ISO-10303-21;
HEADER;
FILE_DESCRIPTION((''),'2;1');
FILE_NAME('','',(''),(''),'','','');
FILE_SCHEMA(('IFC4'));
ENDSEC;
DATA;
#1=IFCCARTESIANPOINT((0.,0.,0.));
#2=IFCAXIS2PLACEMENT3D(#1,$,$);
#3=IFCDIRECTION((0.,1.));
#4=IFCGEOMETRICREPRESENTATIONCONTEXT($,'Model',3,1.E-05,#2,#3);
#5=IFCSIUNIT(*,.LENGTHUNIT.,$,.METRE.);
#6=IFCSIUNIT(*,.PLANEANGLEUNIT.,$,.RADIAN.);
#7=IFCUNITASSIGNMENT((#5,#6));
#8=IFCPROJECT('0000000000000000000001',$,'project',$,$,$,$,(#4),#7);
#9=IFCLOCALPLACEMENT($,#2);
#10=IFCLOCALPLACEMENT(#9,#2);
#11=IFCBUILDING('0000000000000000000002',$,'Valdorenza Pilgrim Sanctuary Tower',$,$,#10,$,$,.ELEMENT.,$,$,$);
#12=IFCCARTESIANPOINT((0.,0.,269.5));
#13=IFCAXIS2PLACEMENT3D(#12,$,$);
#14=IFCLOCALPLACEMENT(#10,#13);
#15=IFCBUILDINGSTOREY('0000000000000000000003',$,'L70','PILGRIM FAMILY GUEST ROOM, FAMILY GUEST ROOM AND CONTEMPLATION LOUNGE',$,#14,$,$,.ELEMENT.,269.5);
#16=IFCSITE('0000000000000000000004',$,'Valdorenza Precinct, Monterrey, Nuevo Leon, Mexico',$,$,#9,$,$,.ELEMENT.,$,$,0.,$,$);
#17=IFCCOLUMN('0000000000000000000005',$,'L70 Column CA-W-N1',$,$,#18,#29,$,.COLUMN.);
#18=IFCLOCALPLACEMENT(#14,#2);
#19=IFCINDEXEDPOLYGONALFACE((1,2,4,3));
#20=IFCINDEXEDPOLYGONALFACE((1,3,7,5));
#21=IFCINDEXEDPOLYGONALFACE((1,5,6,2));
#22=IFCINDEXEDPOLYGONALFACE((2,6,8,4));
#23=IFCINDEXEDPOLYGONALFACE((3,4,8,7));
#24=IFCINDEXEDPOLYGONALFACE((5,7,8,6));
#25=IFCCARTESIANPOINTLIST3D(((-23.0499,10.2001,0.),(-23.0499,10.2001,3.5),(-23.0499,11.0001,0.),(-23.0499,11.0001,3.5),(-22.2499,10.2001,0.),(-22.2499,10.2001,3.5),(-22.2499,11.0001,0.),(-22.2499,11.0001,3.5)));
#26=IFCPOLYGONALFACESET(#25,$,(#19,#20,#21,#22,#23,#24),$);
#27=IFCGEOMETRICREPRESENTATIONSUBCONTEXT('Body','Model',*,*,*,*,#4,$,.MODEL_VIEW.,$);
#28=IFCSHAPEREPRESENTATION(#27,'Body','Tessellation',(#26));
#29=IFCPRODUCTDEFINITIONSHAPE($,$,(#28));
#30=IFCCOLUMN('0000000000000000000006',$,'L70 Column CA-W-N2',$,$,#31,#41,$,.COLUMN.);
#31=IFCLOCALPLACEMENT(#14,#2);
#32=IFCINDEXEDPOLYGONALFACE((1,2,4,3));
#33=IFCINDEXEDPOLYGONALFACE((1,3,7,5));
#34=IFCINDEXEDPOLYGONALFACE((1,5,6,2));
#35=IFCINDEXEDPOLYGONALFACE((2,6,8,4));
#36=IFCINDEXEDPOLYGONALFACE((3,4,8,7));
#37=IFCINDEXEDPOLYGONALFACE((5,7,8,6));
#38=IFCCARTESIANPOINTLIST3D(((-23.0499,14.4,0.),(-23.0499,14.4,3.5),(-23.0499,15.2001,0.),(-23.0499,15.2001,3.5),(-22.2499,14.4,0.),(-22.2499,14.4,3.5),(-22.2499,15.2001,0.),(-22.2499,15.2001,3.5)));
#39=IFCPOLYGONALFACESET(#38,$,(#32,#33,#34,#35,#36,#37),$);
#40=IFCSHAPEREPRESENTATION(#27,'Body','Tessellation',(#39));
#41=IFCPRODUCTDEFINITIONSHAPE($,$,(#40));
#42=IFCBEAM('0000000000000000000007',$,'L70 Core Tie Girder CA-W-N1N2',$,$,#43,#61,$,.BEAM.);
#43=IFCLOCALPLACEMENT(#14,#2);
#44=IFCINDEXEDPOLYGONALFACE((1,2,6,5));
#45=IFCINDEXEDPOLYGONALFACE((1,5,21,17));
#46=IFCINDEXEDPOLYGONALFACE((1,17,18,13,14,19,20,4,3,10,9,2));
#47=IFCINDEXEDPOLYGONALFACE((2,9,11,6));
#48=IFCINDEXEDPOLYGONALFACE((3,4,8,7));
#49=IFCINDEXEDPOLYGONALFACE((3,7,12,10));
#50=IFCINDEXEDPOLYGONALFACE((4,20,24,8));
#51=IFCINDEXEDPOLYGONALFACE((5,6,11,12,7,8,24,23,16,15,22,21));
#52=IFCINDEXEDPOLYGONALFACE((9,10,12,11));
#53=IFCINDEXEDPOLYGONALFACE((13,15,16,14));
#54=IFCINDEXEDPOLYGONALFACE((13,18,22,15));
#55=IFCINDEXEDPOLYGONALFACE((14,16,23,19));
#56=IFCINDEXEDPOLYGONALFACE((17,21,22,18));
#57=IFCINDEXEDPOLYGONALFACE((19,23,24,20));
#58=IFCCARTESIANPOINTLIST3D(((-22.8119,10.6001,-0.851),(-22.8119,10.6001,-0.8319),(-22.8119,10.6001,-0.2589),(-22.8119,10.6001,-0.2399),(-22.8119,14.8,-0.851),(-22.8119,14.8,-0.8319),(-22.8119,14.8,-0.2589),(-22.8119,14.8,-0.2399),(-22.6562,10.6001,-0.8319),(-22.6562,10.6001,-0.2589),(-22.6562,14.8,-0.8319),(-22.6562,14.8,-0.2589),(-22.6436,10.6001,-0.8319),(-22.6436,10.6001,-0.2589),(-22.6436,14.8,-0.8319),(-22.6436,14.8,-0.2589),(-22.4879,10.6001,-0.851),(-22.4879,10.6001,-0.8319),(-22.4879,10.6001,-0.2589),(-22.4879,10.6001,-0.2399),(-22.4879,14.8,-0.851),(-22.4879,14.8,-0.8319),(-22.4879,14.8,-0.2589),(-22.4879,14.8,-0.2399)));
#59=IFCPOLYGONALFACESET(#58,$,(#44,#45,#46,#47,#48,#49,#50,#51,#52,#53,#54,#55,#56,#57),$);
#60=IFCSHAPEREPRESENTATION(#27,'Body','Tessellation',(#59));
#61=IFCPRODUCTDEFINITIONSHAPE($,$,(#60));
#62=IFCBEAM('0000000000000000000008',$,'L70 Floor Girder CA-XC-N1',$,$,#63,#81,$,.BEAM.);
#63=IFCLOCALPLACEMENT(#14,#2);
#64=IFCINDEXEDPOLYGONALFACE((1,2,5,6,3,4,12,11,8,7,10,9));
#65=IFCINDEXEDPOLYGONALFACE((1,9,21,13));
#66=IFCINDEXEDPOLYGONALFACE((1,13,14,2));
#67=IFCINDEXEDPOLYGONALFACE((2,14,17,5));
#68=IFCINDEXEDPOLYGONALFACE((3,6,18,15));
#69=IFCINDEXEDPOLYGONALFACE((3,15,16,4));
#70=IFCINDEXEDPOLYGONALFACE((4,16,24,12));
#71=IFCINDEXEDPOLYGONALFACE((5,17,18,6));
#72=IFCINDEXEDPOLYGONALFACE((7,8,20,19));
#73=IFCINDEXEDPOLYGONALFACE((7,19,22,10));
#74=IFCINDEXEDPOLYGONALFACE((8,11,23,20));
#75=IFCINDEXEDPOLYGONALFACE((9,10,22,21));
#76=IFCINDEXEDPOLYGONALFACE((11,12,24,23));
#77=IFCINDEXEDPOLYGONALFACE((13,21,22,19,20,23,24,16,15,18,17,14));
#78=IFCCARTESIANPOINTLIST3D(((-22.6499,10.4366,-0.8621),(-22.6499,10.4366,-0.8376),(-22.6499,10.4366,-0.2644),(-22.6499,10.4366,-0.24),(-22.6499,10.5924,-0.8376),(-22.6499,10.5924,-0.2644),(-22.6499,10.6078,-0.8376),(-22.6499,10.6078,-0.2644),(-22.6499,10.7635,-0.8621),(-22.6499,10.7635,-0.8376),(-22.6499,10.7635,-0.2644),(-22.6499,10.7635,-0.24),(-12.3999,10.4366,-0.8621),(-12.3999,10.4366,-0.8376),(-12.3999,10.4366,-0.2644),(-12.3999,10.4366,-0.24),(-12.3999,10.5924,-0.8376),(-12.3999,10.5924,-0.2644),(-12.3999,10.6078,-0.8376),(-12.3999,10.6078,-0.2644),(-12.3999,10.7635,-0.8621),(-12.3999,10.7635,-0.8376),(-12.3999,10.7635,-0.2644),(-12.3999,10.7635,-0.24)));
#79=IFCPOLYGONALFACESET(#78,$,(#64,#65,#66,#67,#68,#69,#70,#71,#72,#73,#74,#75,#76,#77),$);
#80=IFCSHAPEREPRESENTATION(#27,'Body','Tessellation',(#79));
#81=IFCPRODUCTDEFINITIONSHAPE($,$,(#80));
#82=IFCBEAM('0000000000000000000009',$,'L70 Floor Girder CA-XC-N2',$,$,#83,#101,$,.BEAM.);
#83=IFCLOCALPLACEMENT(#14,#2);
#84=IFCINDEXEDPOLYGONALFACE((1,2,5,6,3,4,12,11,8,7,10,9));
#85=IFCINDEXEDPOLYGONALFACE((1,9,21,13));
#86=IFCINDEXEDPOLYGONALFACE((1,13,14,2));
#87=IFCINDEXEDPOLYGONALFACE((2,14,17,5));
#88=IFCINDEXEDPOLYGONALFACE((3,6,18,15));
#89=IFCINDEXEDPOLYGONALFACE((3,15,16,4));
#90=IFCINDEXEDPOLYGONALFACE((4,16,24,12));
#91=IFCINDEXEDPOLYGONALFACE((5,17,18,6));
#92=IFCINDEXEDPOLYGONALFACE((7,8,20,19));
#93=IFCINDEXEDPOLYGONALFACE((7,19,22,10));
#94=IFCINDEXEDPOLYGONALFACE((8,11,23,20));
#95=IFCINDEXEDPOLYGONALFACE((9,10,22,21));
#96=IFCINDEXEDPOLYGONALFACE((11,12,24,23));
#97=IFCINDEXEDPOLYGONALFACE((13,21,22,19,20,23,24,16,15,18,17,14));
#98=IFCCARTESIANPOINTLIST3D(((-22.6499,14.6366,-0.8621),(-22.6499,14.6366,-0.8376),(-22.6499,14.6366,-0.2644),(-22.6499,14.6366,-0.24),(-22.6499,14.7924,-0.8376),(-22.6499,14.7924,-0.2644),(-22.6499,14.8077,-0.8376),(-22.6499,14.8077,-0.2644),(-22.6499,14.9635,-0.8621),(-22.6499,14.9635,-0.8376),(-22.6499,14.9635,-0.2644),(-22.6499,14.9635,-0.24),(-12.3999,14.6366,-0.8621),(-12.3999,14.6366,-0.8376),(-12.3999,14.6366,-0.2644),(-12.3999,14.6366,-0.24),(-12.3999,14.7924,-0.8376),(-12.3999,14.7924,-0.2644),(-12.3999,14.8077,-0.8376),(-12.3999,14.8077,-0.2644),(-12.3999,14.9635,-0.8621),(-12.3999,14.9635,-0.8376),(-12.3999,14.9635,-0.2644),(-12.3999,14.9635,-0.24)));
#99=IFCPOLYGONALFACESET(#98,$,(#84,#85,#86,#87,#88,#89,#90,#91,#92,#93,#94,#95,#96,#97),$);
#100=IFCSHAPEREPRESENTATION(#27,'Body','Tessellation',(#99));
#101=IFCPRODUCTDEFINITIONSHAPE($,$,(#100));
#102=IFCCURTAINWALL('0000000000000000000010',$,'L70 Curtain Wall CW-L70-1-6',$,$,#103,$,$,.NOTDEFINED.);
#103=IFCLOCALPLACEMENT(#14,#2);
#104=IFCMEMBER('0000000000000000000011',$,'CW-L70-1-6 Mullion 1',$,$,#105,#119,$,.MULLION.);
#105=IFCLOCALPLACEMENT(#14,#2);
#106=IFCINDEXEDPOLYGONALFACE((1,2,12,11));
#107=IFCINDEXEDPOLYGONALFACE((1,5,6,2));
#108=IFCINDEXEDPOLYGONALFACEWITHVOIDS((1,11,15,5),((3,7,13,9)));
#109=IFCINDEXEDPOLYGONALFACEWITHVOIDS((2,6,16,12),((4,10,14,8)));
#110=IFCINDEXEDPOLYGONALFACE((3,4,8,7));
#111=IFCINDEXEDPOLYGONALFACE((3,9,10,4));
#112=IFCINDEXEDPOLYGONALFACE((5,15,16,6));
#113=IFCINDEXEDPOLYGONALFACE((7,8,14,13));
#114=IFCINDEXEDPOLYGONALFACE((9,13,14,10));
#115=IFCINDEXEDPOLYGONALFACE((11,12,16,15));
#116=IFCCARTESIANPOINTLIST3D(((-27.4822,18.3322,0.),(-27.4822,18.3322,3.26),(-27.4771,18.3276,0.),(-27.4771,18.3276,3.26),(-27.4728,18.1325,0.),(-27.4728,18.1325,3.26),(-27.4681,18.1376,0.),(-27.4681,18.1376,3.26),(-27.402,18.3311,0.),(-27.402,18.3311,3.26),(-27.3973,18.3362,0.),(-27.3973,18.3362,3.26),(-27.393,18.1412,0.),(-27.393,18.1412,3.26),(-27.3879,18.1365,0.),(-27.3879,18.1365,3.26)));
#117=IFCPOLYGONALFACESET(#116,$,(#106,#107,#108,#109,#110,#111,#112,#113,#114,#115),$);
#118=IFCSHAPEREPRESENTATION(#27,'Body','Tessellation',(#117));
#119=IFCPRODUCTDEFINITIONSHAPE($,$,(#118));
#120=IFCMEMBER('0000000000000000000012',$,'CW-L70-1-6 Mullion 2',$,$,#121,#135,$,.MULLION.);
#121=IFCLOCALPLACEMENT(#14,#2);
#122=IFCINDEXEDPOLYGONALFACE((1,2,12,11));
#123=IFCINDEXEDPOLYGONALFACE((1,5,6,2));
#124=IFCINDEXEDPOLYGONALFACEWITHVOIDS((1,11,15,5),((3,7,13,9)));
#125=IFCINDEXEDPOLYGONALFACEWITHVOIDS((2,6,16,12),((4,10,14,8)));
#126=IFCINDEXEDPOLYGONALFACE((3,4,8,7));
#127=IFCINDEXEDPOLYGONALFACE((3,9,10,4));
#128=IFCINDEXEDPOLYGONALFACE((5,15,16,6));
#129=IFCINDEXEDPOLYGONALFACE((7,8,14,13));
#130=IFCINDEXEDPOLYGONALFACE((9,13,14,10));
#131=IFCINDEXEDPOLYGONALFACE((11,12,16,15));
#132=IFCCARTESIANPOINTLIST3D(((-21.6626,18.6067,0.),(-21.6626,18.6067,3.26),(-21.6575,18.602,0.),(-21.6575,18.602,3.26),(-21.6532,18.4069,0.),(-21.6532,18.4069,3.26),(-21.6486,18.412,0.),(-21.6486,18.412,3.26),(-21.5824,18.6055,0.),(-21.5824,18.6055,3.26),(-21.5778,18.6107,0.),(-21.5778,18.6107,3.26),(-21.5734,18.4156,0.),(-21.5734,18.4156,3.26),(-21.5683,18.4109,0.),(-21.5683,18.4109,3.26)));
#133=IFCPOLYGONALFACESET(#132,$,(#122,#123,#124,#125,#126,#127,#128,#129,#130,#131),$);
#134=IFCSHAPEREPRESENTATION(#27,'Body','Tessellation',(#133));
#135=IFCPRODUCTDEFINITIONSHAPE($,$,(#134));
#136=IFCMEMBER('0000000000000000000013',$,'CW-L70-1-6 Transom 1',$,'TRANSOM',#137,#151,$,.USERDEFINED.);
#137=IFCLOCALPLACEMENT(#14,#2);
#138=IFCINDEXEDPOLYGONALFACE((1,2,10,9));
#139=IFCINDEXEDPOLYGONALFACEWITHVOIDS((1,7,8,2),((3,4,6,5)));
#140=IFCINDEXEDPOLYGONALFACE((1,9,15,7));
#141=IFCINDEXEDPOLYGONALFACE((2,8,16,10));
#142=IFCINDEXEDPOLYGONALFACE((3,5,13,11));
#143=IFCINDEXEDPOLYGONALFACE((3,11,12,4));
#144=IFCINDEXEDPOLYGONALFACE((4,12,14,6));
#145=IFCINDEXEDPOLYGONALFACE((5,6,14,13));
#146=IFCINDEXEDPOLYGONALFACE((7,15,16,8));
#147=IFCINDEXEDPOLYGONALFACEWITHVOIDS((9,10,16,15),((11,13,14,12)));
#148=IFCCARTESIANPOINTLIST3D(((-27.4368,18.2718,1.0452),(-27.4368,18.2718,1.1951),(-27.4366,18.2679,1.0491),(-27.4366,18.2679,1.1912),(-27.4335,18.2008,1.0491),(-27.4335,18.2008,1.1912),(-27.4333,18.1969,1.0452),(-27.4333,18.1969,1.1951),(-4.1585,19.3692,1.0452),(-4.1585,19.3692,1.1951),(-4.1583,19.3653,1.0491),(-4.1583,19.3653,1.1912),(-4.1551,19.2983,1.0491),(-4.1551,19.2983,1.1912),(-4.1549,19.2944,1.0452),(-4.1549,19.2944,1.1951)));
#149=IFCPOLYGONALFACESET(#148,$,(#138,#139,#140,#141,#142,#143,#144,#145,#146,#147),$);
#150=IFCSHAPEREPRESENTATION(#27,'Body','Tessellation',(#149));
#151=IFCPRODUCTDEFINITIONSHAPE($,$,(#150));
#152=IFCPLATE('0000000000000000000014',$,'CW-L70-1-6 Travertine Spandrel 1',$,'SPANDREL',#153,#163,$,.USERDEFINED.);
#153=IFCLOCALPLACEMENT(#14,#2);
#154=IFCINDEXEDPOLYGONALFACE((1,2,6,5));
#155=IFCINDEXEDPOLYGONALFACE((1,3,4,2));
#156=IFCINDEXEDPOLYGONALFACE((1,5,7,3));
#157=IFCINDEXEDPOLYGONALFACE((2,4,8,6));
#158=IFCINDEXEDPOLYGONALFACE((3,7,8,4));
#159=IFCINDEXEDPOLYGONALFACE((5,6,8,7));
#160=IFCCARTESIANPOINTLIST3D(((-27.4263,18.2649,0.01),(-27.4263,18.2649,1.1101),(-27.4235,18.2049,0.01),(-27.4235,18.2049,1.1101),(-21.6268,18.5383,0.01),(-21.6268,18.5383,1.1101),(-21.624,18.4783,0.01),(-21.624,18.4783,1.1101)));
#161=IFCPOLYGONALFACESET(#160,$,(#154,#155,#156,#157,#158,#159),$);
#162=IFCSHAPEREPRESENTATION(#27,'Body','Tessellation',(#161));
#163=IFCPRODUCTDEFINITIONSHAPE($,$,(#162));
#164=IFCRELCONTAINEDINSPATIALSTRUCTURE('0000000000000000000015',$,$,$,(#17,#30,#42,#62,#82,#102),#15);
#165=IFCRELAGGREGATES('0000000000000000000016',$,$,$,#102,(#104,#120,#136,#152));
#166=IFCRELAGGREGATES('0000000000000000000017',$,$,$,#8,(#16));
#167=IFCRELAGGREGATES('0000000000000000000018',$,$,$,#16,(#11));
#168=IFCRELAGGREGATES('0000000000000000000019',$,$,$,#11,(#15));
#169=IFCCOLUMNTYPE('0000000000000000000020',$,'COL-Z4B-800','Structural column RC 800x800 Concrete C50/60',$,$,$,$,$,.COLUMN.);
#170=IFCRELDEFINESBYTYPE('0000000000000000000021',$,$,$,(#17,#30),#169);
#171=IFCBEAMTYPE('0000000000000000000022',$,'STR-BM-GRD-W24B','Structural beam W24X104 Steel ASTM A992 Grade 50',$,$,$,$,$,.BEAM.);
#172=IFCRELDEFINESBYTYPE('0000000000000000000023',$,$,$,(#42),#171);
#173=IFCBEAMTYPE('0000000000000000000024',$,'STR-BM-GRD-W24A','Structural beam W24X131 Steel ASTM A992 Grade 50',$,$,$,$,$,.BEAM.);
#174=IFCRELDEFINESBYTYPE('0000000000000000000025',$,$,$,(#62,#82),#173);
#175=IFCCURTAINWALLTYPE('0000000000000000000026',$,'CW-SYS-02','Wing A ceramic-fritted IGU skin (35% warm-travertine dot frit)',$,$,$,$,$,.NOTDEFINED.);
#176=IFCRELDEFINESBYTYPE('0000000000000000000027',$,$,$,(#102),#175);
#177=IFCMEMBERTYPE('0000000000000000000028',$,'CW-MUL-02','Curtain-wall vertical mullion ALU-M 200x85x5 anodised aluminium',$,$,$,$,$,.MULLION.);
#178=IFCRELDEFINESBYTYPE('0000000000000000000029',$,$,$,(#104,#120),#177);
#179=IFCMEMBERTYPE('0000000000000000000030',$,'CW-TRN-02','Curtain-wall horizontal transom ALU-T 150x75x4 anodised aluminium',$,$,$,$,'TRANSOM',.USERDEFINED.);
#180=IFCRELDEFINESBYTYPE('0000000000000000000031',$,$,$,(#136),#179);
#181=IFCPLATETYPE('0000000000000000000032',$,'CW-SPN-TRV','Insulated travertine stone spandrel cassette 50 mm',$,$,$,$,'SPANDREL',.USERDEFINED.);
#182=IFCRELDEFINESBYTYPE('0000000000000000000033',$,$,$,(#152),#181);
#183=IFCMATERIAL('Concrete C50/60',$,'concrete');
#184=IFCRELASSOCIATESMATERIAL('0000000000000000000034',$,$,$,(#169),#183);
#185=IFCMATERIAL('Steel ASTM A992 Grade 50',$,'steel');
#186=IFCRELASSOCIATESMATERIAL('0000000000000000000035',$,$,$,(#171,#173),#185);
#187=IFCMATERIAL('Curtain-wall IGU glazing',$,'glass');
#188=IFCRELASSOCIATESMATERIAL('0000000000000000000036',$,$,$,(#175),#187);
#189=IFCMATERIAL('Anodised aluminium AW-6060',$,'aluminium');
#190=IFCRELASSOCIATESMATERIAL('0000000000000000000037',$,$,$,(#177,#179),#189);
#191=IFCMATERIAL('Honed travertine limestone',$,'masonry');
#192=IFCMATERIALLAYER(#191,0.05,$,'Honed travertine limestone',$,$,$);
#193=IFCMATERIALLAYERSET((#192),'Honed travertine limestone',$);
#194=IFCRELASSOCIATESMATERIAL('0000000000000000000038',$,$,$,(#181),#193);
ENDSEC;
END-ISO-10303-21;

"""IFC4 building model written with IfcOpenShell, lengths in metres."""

from ifc_helpers import new_model, si_unit, direction, frame, origin, origin_2d, place, context, subcontext, project, spatial, rectangle, hollow_rectangle, i_section, extrude, source, transform, mapped, material, layer, layer_set, material_profile, profile_set, type_object, element, aggregate, save


model = new_model("IFC4")

# Units and contexts
model_context = context("Model", 3, precision=1e-05, world=origin(), true_north=direction((0.0, 1.0)))
body_context = subcontext(model_context, "Body", "Model", "MODEL_VIEW")
ifc_project = project(units=[si_unit("LENGTHUNIT", "METRE"), si_unit("PLANEANGLEUNIT", "RADIAN")], contexts=[model_context])

# Site, building, storey
site_placement = place(None, origin())
site = spatial("IfcSite", under=ifc_project, at=site_placement, Name="Valdorenza Precinct, Monterrey, Nuevo Leon, Mexico", CompositionType="ELEMENT", RefElevation=0.0)
building_placement = place(site_placement, origin())
building = spatial("IfcBuilding", under=site, at=building_placement, Name="Valdorenza Pilgrim Sanctuary Tower", CompositionType="ELEMENT")
storey_placement = place(building_placement, frame((0.0, 0.0, 269.5)))
storey = spatial("IfcBuildingStorey", under=building, at=storey_placement, Name="L70", Description="PILGRIM FAMILY GUEST ROOM, FAMILY GUEST ROOM AND CONTEMPLATION LOUNGE", CompositionType="ELEMENT", Elevation=269.5)

# Columns
ifc_material_1 = material(Name="Concrete C50/60", Category="concrete")
ifc_material_profile_1 = material_profile(ifc_material_1, rectangle(XDim=0.8, YDim=0.8, at=origin_2d()), Name="RC 800x800")
ifc_profile_set_1 = profile_set([ifc_material_profile_1], Name="Concrete C50/60")
column_type = type_object("IfcColumnType", Name="COL-Z4B-800", Description="Structural column RC 800x800 Concrete C50/60", PredefinedType="COLUMN", material=ifc_profile_set_1)
shared_shape_1 = source(origin(), body_context, "Body", "SweptSolid", [
    extrude(rectangle(XDim=0.8, YDim=0.8, at=origin_2d()), origin(), (0.0, 0.0, 1.0), 3.5),
])
for number, where, z_axis, x_axis, name in (
    (1, (-22.6499, 10.6001, 0.0), (0.0, 0.0, 1.0), (1.0, 0.0, 0.0), "L70 Column CA-W-N1"),
    (2, (-22.6499, 14.8, 0.0), (0.0, 0.0, 1.0), (1.0, 0.0, 0.0), "L70 Column CA-W-N2"),
):
    element("IfcColumn", number, at=place(storey_placement, frame(where, z_axis=z_axis, x_axis=x_axis)), inside=storey, type_object=column_type, Name=name, PredefinedType="COLUMN", context=body_context, shape_type="MappedRepresentation", body=[
        mapped(shared_shape_1, transform((0.0, 0.0, 0.0), x_axis=(1.0, 0.0, 0.0), y_axis=(0.0, 1.0, 0.0), z_axis=(0.0, 0.0, 1.0), scale=1.0)),
    ])

# Beams
ifc_material_2 = material(Name="Steel ASTM A992 Grade 50", Category="steel")
ifc_material_profile_2 = material_profile(ifc_material_2, i_section(OverallWidth=0.324, OverallDepth=0.6111, WebThickness=0.0127, FlangeThickness=0.019, at=origin_2d()), Name="W24X104")
ifc_profile_set_2 = profile_set([ifc_material_profile_2], Name="Steel ASTM A992 Grade 50")
beam_type_1 = type_object("IfcBeamType", Name="STR-BM-GRD-W24B", Description="Structural beam W24X104 Steel ASTM A992 Grade 50", PredefinedType="BEAM", material=ifc_profile_set_2)
shared_shape_2 = source(origin(), body_context, "Body", "SweptSolid", [
    extrude(i_section(OverallWidth=0.324, OverallDepth=0.6111, WebThickness=0.0127, FlangeThickness=0.019, at=origin_2d()), origin(), (0.0, 0.0, 1.0), 4.2),
])
beam_placement = place(storey_placement, frame((-22.6499, 10.6001, -0.5454), z_axis=(0.0, 1.0, 0.0), x_axis=(-1.0, 0.0, 0.0)))
element("IfcBeam", 3, at=beam_placement, inside=storey, type_object=beam_type_1, Name="L70 Core Tie Girder CA-W-N1N2", PredefinedType="BEAM", context=body_context, shape_type="MappedRepresentation", body=[
    mapped(shared_shape_2, transform((0.0, 0.0, 0.0), x_axis=(1.0, 0.0, 0.0), y_axis=(0.0, 1.0, 0.0), z_axis=(0.0, 0.0, 1.0), scale=1.0)),
])
ifc_material_profile_3 = material_profile(ifc_material_2, i_section(OverallWidth=0.3269, OverallDepth=0.6221, WebThickness=0.0154, FlangeThickness=0.0244, at=origin_2d()), Name="W24X131")
ifc_profile_set_3 = profile_set([ifc_material_profile_3], Name="Steel ASTM A992 Grade 50")
beam_type_2 = type_object("IfcBeamType", Name="STR-BM-GRD-W24A", Description="Structural beam W24X131 Steel ASTM A992 Grade 50", PredefinedType="BEAM", material=ifc_profile_set_3)
shared_shape_3 = source(origin(), body_context, "Body", "SweptSolid", [
    extrude(i_section(OverallWidth=0.3269, OverallDepth=0.6221, WebThickness=0.0154, FlangeThickness=0.0244, at=origin_2d()), origin(), (0.0, 0.0, 1.0), 10.25),
])
for number, where, z_axis, x_axis, name in (
    (4, (-22.6499, 10.6001, -0.551), (1.0, 0.0, 0.0), (0.0, 1.0, 0.0), "L70 Floor Girder CA-XC-N1"),
    (5, (-22.6499, 14.8, -0.551), (1.0, 0.0, 0.0), (0.0, 1.0, 0.0), "L70 Floor Girder CA-XC-N2"),
):
    element("IfcBeam", number, at=place(storey_placement, frame(where, z_axis=z_axis, x_axis=x_axis)), inside=storey, type_object=beam_type_2, Name=name, PredefinedType="BEAM", context=body_context, shape_type="MappedRepresentation", body=[
        mapped(shared_shape_3, transform((0.0, 0.0, 0.0), x_axis=(1.0, 0.0, 0.0), y_axis=(0.0, 1.0, 0.0), z_axis=(0.0, 0.0, 1.0), scale=1.0)),
    ])

# Curtain wall, members, plate
ifc_material_3 = material(Name="Curtain-wall IGU glazing", Category="glass")
curtain_wall_type = type_object("IfcCurtainWallType", Name="CW-SYS-02", Description="Wing A ceramic-fritted IGU skin (35% warm-travertine dot frit)", PredefinedType="NOTDEFINED", material=ifc_material_3)
curtain_wall_placement = place(storey_placement, origin())
curtain_wall = element("IfcCurtainWall", 6, at=curtain_wall_placement, inside=storey, type_object=curtain_wall_type, Name="L70 Curtain Wall CW-L70-1-6", PredefinedType="NOTDEFINED")
ifc_material_4 = material(Name="Anodised aluminium AW-6060", Category="aluminium")
ifc_material_profile_4 = material_profile(ifc_material_4, hollow_rectangle(XDim=0.085, YDim=0.2, WallThickness=0.0049, at=origin_2d()), Name="ALU-M 200x85x5")
ifc_profile_set_4 = profile_set([ifc_material_profile_4], Name="Anodised aluminium AW-6060")
member_type_1 = type_object("IfcMemberType", Name="CW-MUL-02", Description="Curtain-wall vertical mullion ALU-M 200x85x5 anodised aluminium", PredefinedType="MULLION", material=ifc_profile_set_4)
shared_shape_4 = source(origin(), body_context, "Body", "SweptSolid", [
    extrude(hollow_rectangle(XDim=0.085, YDim=0.2, WallThickness=0.0049, at=origin_2d()), origin(), (0.0, 0.0, 1.0), 3.26),
])
member_1_placement = place(storey_placement, frame((-27.4351, 18.2344, 0.0), z_axis=(0.0, 0.0, 1.0), x_axis=(0.998891, 0.047089, 0.0)))
member_1 = element("IfcMember", 7, at=member_1_placement, type_object=member_type_1, Name="CW-L70-1-6 Mullion 1", PredefinedType="MULLION", context=body_context, shape_type="MappedRepresentation", body=[
    mapped(shared_shape_4, transform((0.0, 0.0, 0.0), x_axis=(1.0, 0.0, 0.0), y_axis=(0.0, 1.0, 0.0), z_axis=(0.0, 0.0, 1.0), scale=1.0)),
])
member_2_placement = place(storey_placement, frame((-21.6155, 18.5088, 0.0), z_axis=(0.0, 0.0, 1.0), x_axis=(0.998891, 0.047089, 0.0)))
member_2 = element("IfcMember", 8, at=member_2_placement, type_object=member_type_1, Name="CW-L70-1-6 Mullion 2", PredefinedType="MULLION", context=body_context, shape_type="MappedRepresentation", body=[
    mapped(shared_shape_4, transform((0.0, 0.0, 0.0), x_axis=(1.0, 0.0, 0.0), y_axis=(0.0, 1.0, 0.0), z_axis=(0.0, 0.0, 1.0), scale=1.0)),
])
ifc_material_profile_5 = material_profile(ifc_material_4, hollow_rectangle(XDim=0.075, YDim=0.1499, WallThickness=0.0039, at=origin_2d()), Name="ALU-T 150x75x4")
ifc_profile_set_5 = profile_set([ifc_material_profile_5], Name="Anodised aluminium AW-6060")
member_type_2 = type_object("IfcMemberType", Name="CW-TRN-02", Description="Curtain-wall horizontal transom ALU-T 150x75x4 anodised aluminium", ElementType="TRANSOM", PredefinedType="USERDEFINED", material=ifc_profile_set_5)
shared_shape_5 = source(origin(), body_context, "Body", "SweptSolid", [
    extrude(hollow_rectangle(XDim=0.075, YDim=0.1499, WallThickness=0.0039, at=origin_2d()), origin(), (0.0, 0.0, 1.0), 23.3042),
])
member_3_placement = place(storey_placement, frame((-27.4351, 18.2344, 1.1201), z_axis=(0.998891, 0.047091, 0.0), x_axis=(-0.047091, 0.998891, 0.0)))
member_3 = element("IfcMember", 9, at=member_3_placement, type_object=member_type_2, Name="CW-L70-1-6 Transom 1", ObjectType="TRANSOM", PredefinedType="USERDEFINED", context=body_context, shape_type="MappedRepresentation", body=[
    mapped(shared_shape_5, transform((0.0, 0.0, 0.0), x_axis=(1.0, 0.0, 0.0), y_axis=(0.0, 1.0, 0.0), z_axis=(0.0, 0.0, 1.0), scale=1.0)),
])
ifc_material_5 = material(Name="Honed travertine limestone", Category="masonry")
ifc_layer_1 = layer(ifc_material_5, 0.05, Name="Honed travertine limestone")
ifc_layer_set_1 = layer_set([ifc_layer_1], Name="Honed travertine limestone")
plate_type_1 = type_object("IfcPlateType", Name="CW-SPN-TRV", Description="Insulated travertine stone spandrel cassette 50 mm", ElementType="SPANDREL", PredefinedType="USERDEFINED", material=ifc_layer_set_1)
shared_shape_6 = source(origin(), body_context, "Body", "SweptSolid", [
    extrude(rectangle(XDim=5.8059, YDim=0.0601, at=origin_2d()), origin(), (0.0, 0.0, 1.0), 1.1001),
])
plate_1_placement = place(storey_placement, frame((-24.5251, 18.3716, 0.01), z_axis=(0.0, 0.0, 1.0), x_axis=(0.998891, 0.047089, 0.0)))
plate_1 = element("IfcPlate", 10, at=plate_1_placement, type_object=plate_type_1, Name="CW-L70-1-6 Travertine Spandrel 1", ObjectType="SPANDREL", PredefinedType="USERDEFINED", context=body_context, shape_type="MappedRepresentation", body=[
    mapped(shared_shape_6, transform((0.0, 0.0, 0.0), x_axis=(1.0, 0.0, 0.0), y_axis=(0.0, 1.0, 0.0), z_axis=(0.0, 0.0, 1.0), scale=1.0)),
])
aggregate(curtain_wall, [member_1, member_2, member_3, plate_1])

save(model, "model.ifc")
